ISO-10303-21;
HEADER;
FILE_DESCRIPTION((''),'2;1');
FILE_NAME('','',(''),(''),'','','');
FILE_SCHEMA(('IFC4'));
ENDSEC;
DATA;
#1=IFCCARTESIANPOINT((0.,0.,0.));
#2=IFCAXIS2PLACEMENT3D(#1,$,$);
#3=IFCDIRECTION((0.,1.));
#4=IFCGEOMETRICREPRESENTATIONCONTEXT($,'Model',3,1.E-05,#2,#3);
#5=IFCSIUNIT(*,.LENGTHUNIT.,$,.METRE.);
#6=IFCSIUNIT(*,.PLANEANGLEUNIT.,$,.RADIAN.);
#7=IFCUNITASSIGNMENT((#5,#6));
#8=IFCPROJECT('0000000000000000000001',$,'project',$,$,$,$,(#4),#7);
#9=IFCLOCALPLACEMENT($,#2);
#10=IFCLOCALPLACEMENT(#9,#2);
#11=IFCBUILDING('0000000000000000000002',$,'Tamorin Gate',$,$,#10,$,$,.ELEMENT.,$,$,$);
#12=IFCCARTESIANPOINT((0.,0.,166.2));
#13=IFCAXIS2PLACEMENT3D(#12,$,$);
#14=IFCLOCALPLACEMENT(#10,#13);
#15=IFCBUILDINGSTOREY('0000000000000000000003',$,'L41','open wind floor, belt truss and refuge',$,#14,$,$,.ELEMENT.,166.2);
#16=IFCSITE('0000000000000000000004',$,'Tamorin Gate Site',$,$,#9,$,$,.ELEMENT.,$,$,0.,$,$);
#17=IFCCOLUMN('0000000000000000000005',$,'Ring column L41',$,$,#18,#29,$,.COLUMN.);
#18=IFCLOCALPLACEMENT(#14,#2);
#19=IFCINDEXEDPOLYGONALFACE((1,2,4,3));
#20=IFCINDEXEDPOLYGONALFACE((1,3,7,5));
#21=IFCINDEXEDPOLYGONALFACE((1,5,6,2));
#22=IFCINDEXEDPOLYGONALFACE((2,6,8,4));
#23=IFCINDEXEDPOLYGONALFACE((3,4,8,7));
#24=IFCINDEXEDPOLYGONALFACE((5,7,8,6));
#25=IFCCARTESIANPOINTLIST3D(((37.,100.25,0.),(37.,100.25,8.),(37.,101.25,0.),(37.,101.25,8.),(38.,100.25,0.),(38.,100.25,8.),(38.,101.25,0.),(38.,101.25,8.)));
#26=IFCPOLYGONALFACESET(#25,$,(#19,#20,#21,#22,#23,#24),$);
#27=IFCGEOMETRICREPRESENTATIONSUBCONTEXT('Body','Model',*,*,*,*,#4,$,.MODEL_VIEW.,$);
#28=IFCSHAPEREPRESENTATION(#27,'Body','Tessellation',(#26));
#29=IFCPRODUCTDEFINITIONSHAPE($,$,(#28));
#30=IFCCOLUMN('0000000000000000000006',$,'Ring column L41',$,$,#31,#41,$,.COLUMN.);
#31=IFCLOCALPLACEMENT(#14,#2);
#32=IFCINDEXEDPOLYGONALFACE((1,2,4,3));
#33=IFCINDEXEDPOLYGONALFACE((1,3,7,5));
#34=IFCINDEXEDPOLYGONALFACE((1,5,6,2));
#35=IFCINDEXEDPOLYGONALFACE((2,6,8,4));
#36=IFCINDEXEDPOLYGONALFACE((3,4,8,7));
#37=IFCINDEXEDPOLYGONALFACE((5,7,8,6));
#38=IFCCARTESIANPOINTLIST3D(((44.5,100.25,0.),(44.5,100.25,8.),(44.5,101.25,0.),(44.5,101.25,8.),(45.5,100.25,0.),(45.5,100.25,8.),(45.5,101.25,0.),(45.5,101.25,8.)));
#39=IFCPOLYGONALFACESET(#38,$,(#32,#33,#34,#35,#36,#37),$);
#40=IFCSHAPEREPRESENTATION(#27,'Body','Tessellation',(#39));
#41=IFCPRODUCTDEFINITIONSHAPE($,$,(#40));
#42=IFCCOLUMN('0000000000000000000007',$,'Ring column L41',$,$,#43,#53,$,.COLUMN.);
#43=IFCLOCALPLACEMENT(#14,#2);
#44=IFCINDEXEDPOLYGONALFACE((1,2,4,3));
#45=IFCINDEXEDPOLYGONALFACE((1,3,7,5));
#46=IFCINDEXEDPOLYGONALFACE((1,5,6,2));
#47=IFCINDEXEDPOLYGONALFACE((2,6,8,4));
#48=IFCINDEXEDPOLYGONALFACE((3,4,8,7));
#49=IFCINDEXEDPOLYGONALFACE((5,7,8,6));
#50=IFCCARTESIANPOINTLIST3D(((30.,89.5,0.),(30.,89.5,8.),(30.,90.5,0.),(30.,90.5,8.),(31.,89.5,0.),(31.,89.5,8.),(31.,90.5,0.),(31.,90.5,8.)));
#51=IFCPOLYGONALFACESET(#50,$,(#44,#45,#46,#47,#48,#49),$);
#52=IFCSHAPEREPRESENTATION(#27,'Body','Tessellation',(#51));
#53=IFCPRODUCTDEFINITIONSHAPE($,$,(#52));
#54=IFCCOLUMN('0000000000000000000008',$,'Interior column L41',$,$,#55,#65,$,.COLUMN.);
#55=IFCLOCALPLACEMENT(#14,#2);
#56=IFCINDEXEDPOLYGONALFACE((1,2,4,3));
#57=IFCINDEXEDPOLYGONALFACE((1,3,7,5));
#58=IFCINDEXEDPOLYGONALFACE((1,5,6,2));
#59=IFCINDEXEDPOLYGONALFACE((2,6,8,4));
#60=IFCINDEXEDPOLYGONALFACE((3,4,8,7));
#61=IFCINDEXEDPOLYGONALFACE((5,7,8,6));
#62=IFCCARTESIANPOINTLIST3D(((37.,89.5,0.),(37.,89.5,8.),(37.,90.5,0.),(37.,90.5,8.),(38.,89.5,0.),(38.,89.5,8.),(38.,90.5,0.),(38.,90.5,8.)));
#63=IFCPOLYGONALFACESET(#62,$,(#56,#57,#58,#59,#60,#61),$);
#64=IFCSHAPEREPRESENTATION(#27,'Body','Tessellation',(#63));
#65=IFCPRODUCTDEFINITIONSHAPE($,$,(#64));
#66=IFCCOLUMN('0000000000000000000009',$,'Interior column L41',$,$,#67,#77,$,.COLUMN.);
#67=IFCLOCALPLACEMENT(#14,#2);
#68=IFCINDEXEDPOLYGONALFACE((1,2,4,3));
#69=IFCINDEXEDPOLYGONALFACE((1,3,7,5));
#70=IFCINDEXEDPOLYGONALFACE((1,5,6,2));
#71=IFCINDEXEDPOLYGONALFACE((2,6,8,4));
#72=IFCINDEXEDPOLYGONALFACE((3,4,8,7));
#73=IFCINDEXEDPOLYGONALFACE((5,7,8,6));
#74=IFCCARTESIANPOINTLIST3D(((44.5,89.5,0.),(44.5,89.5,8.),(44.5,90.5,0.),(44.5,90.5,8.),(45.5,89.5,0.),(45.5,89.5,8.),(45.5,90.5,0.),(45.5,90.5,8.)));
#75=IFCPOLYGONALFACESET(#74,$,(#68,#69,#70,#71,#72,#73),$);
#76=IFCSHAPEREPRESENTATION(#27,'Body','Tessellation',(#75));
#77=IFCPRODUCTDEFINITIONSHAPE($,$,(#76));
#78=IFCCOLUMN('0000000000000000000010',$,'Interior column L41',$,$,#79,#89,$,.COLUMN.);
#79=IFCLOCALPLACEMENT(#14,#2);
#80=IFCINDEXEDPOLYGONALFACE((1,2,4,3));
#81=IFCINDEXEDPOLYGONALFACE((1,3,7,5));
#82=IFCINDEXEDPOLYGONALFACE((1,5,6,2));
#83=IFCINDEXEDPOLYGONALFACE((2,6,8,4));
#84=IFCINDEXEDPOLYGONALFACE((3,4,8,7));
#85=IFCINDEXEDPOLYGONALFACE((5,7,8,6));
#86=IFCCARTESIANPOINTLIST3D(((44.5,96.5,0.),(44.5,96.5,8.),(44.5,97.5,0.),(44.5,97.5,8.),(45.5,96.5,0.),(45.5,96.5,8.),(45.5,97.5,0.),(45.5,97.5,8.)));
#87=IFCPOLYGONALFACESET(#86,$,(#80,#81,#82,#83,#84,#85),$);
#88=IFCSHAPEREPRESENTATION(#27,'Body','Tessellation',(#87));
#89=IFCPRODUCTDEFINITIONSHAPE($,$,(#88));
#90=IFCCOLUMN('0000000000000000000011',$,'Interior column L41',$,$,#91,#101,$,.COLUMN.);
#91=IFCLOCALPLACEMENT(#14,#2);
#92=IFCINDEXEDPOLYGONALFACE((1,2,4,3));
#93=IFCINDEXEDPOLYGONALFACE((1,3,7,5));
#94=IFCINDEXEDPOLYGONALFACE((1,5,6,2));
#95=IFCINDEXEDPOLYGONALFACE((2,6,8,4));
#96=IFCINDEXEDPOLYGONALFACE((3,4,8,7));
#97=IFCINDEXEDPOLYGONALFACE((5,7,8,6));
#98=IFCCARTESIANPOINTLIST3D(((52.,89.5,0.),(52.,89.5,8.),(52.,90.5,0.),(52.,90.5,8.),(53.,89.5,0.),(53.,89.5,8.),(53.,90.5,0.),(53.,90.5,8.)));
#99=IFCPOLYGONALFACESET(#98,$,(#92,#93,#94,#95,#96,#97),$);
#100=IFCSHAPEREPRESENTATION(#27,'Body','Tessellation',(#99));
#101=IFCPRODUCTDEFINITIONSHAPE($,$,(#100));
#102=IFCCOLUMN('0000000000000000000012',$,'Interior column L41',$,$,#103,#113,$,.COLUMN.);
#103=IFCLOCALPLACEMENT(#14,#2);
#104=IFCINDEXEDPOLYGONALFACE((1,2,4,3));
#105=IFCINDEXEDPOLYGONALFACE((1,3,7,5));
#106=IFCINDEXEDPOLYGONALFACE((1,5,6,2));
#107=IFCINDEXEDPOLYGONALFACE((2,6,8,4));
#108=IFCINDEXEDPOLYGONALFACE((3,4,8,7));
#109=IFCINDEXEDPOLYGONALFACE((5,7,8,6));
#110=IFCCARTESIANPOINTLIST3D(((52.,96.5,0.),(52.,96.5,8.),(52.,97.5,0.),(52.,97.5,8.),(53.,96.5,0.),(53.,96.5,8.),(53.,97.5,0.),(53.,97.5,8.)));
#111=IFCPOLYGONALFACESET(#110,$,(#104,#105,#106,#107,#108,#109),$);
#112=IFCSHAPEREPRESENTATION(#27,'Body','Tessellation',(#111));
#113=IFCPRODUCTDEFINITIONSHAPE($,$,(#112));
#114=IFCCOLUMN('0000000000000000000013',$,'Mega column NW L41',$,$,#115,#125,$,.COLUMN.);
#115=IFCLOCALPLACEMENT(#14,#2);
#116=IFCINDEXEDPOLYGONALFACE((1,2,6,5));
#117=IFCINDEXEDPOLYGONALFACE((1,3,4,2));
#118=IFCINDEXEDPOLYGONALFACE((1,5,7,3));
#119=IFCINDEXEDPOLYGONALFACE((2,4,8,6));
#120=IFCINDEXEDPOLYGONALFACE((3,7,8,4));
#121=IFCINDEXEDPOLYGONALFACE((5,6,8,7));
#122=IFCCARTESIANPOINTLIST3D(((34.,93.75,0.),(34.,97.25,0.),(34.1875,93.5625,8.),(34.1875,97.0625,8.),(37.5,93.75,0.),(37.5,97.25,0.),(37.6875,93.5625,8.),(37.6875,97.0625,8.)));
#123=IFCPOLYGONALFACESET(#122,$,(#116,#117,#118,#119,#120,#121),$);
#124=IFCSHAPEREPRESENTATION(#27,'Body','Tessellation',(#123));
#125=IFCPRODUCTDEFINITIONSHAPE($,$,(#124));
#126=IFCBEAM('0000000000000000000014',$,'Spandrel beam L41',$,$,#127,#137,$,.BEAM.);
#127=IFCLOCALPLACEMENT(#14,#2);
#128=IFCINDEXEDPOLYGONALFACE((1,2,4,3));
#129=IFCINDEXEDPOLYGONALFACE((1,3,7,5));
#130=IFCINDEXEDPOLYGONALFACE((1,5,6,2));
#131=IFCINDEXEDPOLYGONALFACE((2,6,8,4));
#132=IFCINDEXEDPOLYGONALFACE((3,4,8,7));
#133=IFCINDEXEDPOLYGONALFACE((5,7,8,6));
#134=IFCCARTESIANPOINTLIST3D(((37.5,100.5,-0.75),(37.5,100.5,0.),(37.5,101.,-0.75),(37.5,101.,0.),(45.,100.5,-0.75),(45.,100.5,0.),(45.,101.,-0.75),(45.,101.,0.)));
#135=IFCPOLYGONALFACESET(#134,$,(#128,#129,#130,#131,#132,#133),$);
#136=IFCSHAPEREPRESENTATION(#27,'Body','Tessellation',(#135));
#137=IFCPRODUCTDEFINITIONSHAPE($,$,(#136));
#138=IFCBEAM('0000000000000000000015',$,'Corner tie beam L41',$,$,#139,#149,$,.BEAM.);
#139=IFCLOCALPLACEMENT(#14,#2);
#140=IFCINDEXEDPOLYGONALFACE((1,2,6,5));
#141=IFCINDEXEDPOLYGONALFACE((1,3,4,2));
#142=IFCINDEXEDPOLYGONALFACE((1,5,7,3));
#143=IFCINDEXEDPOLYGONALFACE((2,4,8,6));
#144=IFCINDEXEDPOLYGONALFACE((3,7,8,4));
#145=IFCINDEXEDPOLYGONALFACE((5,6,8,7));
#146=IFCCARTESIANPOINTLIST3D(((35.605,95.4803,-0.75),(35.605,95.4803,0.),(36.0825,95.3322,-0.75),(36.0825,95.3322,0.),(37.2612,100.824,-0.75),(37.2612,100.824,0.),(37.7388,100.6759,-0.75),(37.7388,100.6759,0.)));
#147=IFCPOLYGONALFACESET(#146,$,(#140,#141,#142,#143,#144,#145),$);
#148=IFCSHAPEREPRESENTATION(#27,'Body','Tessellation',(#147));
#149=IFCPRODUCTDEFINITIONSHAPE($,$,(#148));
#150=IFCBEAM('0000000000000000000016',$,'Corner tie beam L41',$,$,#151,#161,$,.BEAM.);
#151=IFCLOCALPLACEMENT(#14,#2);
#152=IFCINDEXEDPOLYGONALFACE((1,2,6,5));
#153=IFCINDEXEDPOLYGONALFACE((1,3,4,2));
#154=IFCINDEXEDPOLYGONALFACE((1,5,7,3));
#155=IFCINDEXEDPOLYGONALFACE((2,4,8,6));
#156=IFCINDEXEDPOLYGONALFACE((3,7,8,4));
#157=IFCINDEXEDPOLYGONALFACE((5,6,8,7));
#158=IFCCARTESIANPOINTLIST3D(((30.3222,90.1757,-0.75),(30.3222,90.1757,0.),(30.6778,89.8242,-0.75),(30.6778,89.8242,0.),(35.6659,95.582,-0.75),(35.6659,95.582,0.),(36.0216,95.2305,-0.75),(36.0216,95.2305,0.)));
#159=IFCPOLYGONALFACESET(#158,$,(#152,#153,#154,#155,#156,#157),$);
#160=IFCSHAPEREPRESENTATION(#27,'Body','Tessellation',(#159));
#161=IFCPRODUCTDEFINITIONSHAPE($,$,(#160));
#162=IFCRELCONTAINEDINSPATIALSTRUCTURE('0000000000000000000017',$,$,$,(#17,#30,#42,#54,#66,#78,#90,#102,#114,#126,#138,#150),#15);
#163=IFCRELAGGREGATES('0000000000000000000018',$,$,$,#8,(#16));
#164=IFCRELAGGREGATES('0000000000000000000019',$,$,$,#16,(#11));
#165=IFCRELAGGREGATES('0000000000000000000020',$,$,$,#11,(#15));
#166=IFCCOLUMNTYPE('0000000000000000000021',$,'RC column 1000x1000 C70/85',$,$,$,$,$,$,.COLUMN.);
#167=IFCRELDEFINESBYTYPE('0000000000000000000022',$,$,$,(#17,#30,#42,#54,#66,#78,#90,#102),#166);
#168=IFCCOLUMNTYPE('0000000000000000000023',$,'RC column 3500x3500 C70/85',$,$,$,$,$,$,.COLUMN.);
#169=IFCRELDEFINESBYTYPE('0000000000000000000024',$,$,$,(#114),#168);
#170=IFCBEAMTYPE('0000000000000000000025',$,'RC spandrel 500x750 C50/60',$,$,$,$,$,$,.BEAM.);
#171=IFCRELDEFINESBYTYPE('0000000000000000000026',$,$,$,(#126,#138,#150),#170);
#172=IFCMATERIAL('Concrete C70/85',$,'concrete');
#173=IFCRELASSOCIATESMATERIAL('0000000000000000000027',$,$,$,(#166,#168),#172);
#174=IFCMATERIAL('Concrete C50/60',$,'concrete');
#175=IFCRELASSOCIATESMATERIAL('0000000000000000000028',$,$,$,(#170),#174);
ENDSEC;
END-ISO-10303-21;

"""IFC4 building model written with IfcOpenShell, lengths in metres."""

from ifc_helpers import new_model, si_unit, direction, frame, origin, origin_2d, place, context, subcontext, project, spatial, rectangle, extrude, material, material_profile, profile_set, type_object, element, save


model = new_model("IFC4")

# Units and contexts
model_context = context("Model", 3, precision=1e-05, world=origin(), true_north=direction((0.0, 1.0)))
body_context = subcontext(model_context, "Body", "Model", "MODEL_VIEW")
ifc_project = project(units=[si_unit("LENGTHUNIT", "METRE"), si_unit("PLANEANGLEUNIT", "RADIAN")], contexts=[model_context])

# Site, building, storey
site_placement = place(None, origin())
site = spatial("IfcSite", under=ifc_project, at=site_placement, Name="Tamorin Gate Site", CompositionType="ELEMENT", RefElevation=0.0)
building_placement = place(site_placement, origin())
building = spatial("IfcBuilding", under=site, at=building_placement, Name="Tamorin Gate", CompositionType="ELEMENT")
storey_placement = place(building_placement, frame((0.0, 0.0, 166.2)))
storey = spatial("IfcBuildingStorey", under=building, at=storey_placement, Name="L41", Description="open wind floor, belt truss and refuge", CompositionType="ELEMENT", Elevation=166.2)

# Columns
ifc_material_1 = material(Name="Concrete C70/85", Category="concrete")
ifc_material_profile_1 = material_profile(ifc_material_1, rectangle(XDim=1.0, YDim=1.0, at=origin_2d()), Name="RC 1000x1000")
ifc_profile_set_1 = profile_set([ifc_material_profile_1], Name="Concrete C70/85")
column_type_1 = type_object("IfcColumnType", Name="RC column 1000x1000 C70/85", PredefinedType="COLUMN", material=ifc_profile_set_1)
for number, where, z_axis, x_axis, name in (
    (1, (37.5, 100.75, 0.0), (0.0, 0.0, 1.0), (1.0, 0.0, 0.0), "Ring column L41"),
    (2, (45.0, 100.75, 0.0), (0.0, 0.0, 1.0), (1.0, 0.0, 0.0), "Ring column L41"),
    (3, (30.5, 90.0, 0.0), (0.0, 0.0, 1.0), (1.0, 0.0, 0.0), "Ring column L41"),
    (4, (37.5, 90.0, 0.0), (0.0, 0.0, 1.0), (1.0, 0.0, 0.0), "Interior column L41"),
    (5, (45.0, 90.0, 0.0), (0.0, 0.0, 1.0), (1.0, 0.0, 0.0), "Interior column L41"),
    (6, (45.0, 97.0, 0.0), (0.0, 0.0, 1.0), (1.0, 0.0, 0.0), "Interior column L41"),
    (7, (52.5, 90.0, 0.0), (0.0, 0.0, 1.0), (1.0, 0.0, 0.0), "Interior column L41"),
    (8, (52.5, 97.0, 0.0), (0.0, 0.0, 1.0), (1.0, 0.0, 0.0), "Interior column L41"),
):
    element("IfcColumn", number, at=place(storey_placement, frame(where, z_axis=z_axis, x_axis=x_axis)), inside=storey, type_object=column_type_1, Name=name, PredefinedType="COLUMN", context=body_context, shape_type="SweptSolid", body=[
        extrude(rectangle(XDim=1.0, YDim=1.0, at=origin_2d()), origin(), (0.0, 0.0, 1.0), 8.0),
    ])
ifc_material_profile_2 = material_profile(ifc_material_1, rectangle(XDim=3.5, YDim=3.5, at=origin_2d()), Name="RC 3500x3500")
ifc_profile_set_2 = profile_set([ifc_material_profile_2], Name="Concrete C70/85")
column_type_2 = type_object("IfcColumnType", Name="RC column 3500x3500 C70/85", PredefinedType="COLUMN", material=ifc_profile_set_2)
column_placement = place(storey_placement, frame((35.75, 95.5, 0.0), z_axis=(0.0, 0.0, 1.0), x_axis=(0.0, -1.0, 0.0)))
element("IfcColumn", 9, at=column_placement, inside=storey, type_object=column_type_2, Name="Mega column NW L41", PredefinedType="COLUMN", context=body_context, shape_type="SweptSolid", body=[
    extrude(rectangle(XDim=3.5, YDim=3.5, at=origin_2d()), origin(), (0.023425, 0.023425, 0.999451), 8.0044),
])

# Beams
ifc_material_2 = material(Name="Concrete C50/60", Category="concrete")
ifc_material_profile_3 = material_profile(ifc_material_2, rectangle(XDim=0.5, YDim=0.75, at=origin_2d()), Name="RC 500x750")
ifc_profile_set_3 = profile_set([ifc_material_profile_3], Name="Concrete C50/60")
beam_type = type_object("IfcBeamType", Name="RC spandrel 500x750 C50/60", PredefinedType="BEAM", material=ifc_profile_set_3)
beam_1_placement = place(storey_placement, frame((45.0, 100.75, -0.375), z_axis=(-1.0, 0.0, 0.0), x_axis=(0.0, -1.0, 0.0)))
element("IfcBeam", 10, at=beam_1_placement, inside=storey, type_object=beam_type, Name="Spandrel beam L41", PredefinedType="BEAM", context=body_context, shape_type="SweptSolid", body=[
    extrude(rectangle(XDim=0.5, YDim=0.75, at=origin_2d()), origin(), (0.0, 0.0, 1.0), 7.5),
])
beam_2_placement = place(storey_placement, frame((35.8438, 95.4062, -0.375), z_axis=(0.296048, 0.955173, 0.0), x_axis=(-0.955173, 0.296048, 0.0)))
element("IfcBeam", 11, at=beam_2_placement, inside=storey, type_object=beam_type, Name="Corner tie beam L41", PredefinedType="BEAM", context=body_context, shape_type="SweptSolid", body=[
    extrude(rectangle(XDim=0.5, YDim=0.75, at=origin_2d()), origin(), (0.0, 0.0, 1.0), 5.5945),
])
beam_3_placement = place(storey_placement, frame((35.8438, 95.4062, -0.375), z_axis=(-0.702984, -0.711206, 0.0), x_axis=(0.711206, -0.702984, 0.0)))
element("IfcBeam", 12, at=beam_3_placement, inside=storey, type_object=beam_type, Name="Corner tie beam L41", PredefinedType="BEAM", context=body_context, shape_type="SweptSolid", body=[
    extrude(rectangle(XDim=0.5, YDim=0.75, at=origin_2d()), origin(), (0.0, 0.0, 1.0), 7.6016),
])

save(model, "model.ifc")
